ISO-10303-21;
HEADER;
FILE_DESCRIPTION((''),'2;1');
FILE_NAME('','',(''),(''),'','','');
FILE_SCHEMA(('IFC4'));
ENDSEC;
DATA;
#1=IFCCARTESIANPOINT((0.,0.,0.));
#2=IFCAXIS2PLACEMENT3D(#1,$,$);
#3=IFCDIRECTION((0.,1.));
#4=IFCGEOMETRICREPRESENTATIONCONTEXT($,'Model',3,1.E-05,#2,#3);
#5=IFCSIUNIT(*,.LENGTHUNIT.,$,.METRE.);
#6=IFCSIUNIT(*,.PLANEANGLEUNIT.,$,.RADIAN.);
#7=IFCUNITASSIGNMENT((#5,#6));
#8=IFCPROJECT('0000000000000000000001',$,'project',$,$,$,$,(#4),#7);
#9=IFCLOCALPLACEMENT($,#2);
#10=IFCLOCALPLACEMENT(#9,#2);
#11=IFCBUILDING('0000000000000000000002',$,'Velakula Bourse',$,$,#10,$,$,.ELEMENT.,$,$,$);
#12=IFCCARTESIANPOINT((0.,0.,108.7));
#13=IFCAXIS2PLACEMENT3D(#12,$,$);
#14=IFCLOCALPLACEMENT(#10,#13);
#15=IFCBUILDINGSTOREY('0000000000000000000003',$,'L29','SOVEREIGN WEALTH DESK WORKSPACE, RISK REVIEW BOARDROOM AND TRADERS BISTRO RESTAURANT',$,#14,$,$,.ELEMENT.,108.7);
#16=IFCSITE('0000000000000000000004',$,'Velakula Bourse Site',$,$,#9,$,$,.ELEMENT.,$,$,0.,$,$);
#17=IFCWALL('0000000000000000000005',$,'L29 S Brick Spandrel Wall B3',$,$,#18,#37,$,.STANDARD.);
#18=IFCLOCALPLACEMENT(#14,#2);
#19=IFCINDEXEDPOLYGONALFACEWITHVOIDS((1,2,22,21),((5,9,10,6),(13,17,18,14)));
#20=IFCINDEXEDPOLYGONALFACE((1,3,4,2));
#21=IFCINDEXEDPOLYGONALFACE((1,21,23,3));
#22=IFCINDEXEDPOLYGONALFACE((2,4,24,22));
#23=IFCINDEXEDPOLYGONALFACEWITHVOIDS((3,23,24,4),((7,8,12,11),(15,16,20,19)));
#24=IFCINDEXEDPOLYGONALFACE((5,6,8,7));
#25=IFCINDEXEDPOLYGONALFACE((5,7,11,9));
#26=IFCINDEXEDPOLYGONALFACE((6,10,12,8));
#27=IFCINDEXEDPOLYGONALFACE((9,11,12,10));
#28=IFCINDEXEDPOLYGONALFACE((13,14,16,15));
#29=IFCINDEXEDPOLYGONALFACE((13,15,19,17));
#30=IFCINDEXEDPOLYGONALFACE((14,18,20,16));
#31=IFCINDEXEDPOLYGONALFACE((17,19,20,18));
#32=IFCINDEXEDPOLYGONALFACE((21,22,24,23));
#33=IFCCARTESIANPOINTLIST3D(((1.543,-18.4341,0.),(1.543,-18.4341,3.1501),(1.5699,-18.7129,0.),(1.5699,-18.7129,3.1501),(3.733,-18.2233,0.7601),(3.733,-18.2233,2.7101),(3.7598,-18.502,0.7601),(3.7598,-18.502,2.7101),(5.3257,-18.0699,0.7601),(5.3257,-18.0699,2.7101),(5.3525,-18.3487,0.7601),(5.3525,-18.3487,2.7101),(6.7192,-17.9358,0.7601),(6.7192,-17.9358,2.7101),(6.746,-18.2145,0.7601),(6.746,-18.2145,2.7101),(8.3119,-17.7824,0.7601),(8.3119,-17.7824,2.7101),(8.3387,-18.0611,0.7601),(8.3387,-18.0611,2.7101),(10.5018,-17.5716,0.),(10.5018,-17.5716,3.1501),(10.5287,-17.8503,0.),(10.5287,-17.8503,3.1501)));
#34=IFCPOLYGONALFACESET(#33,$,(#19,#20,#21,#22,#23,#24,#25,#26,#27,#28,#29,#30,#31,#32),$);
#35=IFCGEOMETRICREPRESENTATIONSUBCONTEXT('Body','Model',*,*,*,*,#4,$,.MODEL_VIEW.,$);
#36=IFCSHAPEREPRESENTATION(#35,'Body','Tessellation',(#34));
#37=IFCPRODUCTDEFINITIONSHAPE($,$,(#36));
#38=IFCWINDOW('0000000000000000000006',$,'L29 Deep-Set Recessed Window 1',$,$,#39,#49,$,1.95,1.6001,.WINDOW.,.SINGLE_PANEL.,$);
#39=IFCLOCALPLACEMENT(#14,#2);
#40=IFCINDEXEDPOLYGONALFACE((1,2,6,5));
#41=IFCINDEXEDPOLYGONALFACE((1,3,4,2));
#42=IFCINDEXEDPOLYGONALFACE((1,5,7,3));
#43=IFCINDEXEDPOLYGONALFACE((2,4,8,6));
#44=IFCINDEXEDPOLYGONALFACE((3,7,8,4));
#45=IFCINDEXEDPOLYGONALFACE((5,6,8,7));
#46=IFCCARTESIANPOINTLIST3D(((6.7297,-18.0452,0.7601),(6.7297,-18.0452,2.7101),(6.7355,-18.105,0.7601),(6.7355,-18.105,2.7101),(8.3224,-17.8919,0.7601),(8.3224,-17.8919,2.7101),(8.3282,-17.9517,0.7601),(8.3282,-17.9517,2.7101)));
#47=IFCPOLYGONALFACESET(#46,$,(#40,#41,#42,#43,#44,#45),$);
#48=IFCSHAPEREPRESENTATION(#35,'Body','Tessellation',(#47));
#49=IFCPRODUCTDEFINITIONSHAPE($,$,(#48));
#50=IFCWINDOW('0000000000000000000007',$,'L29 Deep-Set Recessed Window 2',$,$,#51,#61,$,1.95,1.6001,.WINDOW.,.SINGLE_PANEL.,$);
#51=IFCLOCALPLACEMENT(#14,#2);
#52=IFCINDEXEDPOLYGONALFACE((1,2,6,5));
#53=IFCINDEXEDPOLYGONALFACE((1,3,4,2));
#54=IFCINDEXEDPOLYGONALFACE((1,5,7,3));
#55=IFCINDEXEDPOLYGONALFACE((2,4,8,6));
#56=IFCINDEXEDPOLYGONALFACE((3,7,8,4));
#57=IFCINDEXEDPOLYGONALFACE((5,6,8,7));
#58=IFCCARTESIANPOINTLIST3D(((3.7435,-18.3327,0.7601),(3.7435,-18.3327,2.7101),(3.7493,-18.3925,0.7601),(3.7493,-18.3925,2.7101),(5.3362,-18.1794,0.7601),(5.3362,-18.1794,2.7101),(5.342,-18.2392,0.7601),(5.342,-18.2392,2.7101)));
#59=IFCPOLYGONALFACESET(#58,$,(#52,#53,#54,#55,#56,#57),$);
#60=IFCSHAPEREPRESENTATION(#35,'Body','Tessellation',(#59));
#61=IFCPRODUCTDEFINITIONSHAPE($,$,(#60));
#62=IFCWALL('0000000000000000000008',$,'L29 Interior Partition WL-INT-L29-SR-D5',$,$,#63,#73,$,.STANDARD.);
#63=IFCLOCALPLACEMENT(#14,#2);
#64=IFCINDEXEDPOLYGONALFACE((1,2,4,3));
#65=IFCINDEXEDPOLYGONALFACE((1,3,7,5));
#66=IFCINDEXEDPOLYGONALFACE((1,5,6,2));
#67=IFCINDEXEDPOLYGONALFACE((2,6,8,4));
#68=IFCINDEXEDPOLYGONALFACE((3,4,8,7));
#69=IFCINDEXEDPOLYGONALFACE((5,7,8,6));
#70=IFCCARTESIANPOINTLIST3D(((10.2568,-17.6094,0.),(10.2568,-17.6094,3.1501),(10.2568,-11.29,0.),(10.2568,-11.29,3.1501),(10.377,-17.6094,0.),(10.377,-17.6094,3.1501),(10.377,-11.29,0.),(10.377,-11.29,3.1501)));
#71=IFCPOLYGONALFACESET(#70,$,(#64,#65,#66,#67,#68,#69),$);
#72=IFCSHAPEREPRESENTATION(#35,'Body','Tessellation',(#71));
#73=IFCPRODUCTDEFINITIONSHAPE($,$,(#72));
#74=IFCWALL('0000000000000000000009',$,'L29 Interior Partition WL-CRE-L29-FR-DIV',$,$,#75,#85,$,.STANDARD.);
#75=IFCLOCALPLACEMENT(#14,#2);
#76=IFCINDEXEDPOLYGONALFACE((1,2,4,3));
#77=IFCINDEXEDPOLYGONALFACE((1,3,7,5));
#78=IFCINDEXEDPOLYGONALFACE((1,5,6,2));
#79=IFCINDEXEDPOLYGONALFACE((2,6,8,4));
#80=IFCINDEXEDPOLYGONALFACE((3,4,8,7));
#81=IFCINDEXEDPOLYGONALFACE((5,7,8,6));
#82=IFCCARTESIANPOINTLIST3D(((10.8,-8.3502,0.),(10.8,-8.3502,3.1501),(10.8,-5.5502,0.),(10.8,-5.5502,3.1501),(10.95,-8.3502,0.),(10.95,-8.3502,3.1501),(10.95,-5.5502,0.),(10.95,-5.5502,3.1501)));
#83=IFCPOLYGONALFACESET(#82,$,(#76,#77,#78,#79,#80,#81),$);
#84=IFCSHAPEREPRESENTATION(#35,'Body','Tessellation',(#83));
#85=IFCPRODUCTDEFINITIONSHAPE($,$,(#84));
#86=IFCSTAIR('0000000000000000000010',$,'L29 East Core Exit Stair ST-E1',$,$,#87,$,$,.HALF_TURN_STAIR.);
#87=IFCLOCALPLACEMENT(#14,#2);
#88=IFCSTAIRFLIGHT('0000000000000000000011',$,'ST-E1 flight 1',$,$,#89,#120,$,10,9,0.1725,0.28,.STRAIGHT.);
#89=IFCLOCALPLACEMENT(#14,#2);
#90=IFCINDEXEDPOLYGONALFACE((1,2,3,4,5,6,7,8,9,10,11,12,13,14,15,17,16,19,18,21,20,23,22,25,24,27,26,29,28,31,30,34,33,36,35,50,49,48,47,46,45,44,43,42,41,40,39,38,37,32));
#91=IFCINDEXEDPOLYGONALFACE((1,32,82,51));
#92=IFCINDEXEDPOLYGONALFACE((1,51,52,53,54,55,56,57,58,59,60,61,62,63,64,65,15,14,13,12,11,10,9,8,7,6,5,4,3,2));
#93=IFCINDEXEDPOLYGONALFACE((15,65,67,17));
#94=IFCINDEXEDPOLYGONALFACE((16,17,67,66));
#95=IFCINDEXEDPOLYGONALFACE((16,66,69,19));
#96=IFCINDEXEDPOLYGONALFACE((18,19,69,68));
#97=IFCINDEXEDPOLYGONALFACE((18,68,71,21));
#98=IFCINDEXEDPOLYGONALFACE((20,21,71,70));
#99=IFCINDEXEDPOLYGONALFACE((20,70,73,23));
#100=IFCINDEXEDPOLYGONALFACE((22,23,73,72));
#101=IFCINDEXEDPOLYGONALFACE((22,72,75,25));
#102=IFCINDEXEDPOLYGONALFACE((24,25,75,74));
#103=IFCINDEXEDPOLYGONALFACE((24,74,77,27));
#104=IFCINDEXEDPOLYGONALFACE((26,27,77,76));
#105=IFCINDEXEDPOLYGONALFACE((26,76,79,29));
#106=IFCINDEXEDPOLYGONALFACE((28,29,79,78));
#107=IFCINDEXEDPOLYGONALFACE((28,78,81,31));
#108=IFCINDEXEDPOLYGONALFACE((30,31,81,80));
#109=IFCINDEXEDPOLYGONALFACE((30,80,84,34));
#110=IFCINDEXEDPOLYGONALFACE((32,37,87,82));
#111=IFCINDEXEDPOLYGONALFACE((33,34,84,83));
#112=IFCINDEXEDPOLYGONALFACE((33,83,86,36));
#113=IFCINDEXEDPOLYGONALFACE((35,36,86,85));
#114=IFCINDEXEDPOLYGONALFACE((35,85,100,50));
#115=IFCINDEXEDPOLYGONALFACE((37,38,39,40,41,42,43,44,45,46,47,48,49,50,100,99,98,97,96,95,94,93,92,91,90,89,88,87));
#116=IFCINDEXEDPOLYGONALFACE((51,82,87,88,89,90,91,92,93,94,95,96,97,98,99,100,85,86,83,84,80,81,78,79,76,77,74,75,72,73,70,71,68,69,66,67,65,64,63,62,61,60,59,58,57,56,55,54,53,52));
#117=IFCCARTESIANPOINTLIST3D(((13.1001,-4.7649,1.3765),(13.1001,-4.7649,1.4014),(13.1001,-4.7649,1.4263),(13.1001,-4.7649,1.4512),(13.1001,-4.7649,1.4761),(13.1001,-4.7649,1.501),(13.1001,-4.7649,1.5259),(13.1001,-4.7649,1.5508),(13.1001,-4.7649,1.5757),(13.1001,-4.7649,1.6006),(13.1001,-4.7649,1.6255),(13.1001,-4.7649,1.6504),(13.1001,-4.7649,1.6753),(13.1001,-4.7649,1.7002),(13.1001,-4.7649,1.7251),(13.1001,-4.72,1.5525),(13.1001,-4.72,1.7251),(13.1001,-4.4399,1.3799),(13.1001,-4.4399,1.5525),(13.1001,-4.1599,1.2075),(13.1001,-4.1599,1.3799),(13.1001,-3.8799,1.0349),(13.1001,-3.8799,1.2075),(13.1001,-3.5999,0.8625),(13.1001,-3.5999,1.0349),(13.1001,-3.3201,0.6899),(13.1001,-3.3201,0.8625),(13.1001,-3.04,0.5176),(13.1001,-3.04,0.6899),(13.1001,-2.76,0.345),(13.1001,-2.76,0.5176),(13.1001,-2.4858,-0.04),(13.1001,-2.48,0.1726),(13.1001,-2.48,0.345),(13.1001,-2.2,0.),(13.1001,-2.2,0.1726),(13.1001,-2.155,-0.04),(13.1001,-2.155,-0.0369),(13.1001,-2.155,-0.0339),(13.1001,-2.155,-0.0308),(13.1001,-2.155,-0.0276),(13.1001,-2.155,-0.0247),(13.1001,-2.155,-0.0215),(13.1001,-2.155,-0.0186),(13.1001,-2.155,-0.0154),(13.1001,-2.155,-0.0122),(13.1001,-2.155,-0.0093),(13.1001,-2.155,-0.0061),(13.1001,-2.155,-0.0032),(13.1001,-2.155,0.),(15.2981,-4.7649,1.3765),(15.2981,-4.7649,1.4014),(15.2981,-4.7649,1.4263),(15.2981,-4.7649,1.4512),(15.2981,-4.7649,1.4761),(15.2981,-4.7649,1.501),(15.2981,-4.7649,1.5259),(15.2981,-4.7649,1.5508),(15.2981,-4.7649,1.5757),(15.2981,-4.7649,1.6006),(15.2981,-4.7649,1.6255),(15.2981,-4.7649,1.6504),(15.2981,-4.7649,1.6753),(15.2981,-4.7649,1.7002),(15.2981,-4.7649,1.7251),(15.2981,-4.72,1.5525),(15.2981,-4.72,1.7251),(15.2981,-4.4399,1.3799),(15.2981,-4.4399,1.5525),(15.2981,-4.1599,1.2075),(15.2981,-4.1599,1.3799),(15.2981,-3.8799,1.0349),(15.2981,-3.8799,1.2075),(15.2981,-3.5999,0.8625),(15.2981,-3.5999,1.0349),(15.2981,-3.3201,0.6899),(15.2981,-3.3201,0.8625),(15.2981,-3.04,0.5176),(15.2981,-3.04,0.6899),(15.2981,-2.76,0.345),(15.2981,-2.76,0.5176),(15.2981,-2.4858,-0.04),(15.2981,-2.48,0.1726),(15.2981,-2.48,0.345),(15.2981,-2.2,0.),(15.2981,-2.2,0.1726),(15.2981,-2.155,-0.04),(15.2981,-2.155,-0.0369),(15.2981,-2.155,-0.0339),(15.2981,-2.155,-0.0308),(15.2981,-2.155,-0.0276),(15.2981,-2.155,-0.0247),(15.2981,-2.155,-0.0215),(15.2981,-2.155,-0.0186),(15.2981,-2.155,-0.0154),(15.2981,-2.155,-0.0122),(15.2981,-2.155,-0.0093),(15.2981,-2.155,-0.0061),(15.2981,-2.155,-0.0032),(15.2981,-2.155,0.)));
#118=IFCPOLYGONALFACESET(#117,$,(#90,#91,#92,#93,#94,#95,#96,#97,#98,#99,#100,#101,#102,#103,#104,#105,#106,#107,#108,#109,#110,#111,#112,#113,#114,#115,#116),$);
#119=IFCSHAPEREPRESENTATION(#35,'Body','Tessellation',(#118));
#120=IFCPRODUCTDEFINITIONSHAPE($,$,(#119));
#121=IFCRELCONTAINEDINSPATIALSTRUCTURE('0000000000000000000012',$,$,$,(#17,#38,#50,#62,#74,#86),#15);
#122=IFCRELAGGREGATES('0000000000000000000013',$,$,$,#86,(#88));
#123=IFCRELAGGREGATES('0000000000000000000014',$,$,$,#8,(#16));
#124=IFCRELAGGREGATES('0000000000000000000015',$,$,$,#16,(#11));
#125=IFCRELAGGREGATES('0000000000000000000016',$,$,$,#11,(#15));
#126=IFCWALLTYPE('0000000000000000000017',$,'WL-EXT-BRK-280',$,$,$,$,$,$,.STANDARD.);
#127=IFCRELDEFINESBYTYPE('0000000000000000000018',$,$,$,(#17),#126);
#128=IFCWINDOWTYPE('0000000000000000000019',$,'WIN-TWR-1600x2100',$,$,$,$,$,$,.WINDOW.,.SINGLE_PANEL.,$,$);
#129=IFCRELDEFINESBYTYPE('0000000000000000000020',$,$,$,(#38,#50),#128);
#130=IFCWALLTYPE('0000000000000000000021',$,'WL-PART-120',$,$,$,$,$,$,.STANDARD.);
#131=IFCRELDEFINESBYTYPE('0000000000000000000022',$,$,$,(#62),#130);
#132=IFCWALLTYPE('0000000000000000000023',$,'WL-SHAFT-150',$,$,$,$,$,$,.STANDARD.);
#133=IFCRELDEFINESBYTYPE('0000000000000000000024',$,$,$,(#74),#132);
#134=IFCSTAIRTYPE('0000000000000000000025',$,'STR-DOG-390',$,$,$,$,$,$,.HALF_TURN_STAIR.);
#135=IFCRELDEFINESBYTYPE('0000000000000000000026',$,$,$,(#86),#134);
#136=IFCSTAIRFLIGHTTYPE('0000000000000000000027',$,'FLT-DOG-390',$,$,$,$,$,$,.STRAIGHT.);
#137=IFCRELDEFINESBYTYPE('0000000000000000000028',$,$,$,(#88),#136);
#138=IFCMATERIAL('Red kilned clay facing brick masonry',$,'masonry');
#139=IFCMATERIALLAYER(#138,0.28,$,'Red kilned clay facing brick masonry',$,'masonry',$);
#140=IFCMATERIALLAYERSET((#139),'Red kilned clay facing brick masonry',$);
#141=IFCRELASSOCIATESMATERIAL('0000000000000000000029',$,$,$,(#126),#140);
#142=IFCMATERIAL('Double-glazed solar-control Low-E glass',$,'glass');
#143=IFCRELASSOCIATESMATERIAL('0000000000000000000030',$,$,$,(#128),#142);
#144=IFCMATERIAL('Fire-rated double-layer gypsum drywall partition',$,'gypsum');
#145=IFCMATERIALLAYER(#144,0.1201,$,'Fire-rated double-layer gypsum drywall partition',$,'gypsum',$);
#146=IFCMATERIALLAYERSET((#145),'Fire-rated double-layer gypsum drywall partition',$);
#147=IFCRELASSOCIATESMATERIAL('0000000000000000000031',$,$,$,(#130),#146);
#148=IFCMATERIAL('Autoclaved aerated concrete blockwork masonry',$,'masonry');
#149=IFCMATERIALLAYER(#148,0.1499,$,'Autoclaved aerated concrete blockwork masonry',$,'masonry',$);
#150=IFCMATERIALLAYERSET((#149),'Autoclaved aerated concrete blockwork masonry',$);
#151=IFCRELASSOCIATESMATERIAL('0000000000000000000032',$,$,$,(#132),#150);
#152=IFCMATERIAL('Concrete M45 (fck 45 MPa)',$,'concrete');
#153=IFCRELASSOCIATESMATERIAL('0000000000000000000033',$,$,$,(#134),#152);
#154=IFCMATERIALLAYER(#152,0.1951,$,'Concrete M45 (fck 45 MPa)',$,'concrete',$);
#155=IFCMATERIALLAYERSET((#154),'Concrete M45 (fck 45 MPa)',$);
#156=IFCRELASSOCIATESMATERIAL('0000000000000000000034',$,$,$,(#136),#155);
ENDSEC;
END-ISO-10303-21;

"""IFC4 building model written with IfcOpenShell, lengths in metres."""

from ifc_helpers import new_model, si_unit, direction, frame, frame_2d, origin, place, context, subcontext, project, spatial, polyline, rectangle, outline, extrude, material, layer, layer_set, type_object, element, fill, aggregate, save


model = new_model("IFC4")

# Units and contexts
model_context = context("Model", 3, precision=1e-05, world=origin(), true_north=direction((0.0, 1.0)))
body_context = subcontext(model_context, "Body", "Model", "MODEL_VIEW")
ifc_project = project(units=[si_unit("LENGTHUNIT", "METRE"), si_unit("PLANEANGLEUNIT", "RADIAN")], contexts=[model_context])

# Site, building, storey
site_placement = place(None, origin())
site = spatial("IfcSite", under=ifc_project, at=site_placement, Name="Velakula Bourse Site", CompositionType="ELEMENT", RefElevation=0.0)
building_placement = place(site_placement, origin())
building = spatial("IfcBuilding", under=site, at=building_placement, Name="Velakula Bourse", CompositionType="ELEMENT")
storey_placement = place(building_placement, frame((0.0, 0.0, 108.7)))
storey = spatial("IfcBuildingStorey", under=building, at=storey_placement, Name="L29", Description="SOVEREIGN WEALTH DESK WORKSPACE, RISK REVIEW BOARDROOM AND TRADERS BISTRO RESTAURANT", CompositionType="ELEMENT", Elevation=108.7)

# Wall, openings, windows
ifc_material_1 = material(Name="Red kilned clay facing brick masonry", Category="masonry")
ifc_layer_1 = layer(ifc_material_1, 0.28, Name="Red kilned clay facing brick masonry", Category="masonry")
ifc_layer_set_1 = layer_set([ifc_layer_1], Name="Red kilned clay facing brick masonry")
wall_type_1 = type_object("IfcWallType", Name="WL-EXT-BRK-280", PredefinedType="STANDARD", material=ifc_layer_set_1)
wall_1_placement = place(storey_placement, frame((10.5151, -17.7109, 0.0), z_axis=(0.0, 0.0, 1.0), x_axis=(-0.995397, -0.095837, 0.0)))
wall_1 = element("IfcWall", 1, at=wall_1_placement, inside=storey, type_object=wall_type_1, Name="L29 S Brick Spandrel Wall B3", PredefinedType="STANDARD", context=body_context, shape_type="SweptSolid", body=[
    extrude(rectangle(XDim=9.0002, YDim=0.28, at=frame_2d((4.5, 0.0))), origin(), (0.0, 0.0, 1.0), 3.1501),
])
opening_1_placement = place(wall_1_placement, frame((2.2, 0.0, 0.76)))
opening_1 = element("IfcOpeningElement", 2, at=opening_1_placement, cuts=wall_1, PredefinedType="OPENING", context=body_context, shape_type="SweptSolid", body=[
    extrude(rectangle(XDim=1.6001, YDim=1.95, at=frame_2d((0.8, 0.9751))), frame((0.0, 0.1499, 0.0), z_axis=(0.0, -1.0, 0.0), x_axis=(1.0, 0.0, 0.0)), (0.0, 0.0, 1.0), 0.3),
])
opening_2_placement = place(wall_1_placement, frame((5.2, 0.0, 0.76)))
opening_2 = element("IfcOpeningElement", 3, at=opening_2_placement, cuts=wall_1, PredefinedType="OPENING", context=body_context, shape_type="SweptSolid", body=[
    extrude(rectangle(XDim=1.6001, YDim=1.95, at=frame_2d((0.8, 0.9751))), frame((0.0, 0.1499, 0.0), z_axis=(0.0, -1.0, 0.0), x_axis=(1.0, 0.0, 0.0)), (0.0, 0.0, 1.0), 0.3),
])
ifc_material_2 = material(Name="Double-glazed solar-control Low-E glass", Category="glass")
window_type = type_object("IfcWindowType", Name="WIN-TWR-1600x2100", PartitioningType="SINGLE_PANEL", PredefinedType="WINDOW", material=ifc_material_2)
window_1_placement = place(opening_1_placement, origin())
window_1 = element("IfcWindow", 4, at=window_1_placement, inside=storey, type_object=window_type, Name="L29 Deep-Set Recessed Window 1", OverallHeight=1.95, OverallWidth=1.6001, PartitioningType="SINGLE_PANEL", PredefinedType="WINDOW", context=body_context, shape_type="SweptSolid", body=[
    extrude(rectangle(XDim=1.6001, YDim=1.95, at=frame_2d((0.8, 0.9751))), frame((0.0, 0.03, 0.0), z_axis=(0.0, -1.0, 0.0), x_axis=(1.0, 0.0, 0.0)), (0.0, 0.0, 1.0), 0.0601),
])
fill(opening_1, window_1)
window_2_placement = place(opening_2_placement, origin())
window_2 = element("IfcWindow", 5, at=window_2_placement, inside=storey, type_object=window_type, Name="L29 Deep-Set Recessed Window 2", OverallHeight=1.95, OverallWidth=1.6001, PartitioningType="SINGLE_PANEL", PredefinedType="WINDOW", context=body_context, shape_type="SweptSolid", body=[
    extrude(rectangle(XDim=1.6001, YDim=1.95, at=frame_2d((0.8, 0.9751))), frame((0.0, 0.03, 0.0), z_axis=(0.0, -1.0, 0.0), x_axis=(1.0, 0.0, 0.0)), (0.0, 0.0, 1.0), 0.0601),
])
fill(opening_2, window_2)

# Wall
ifc_material_3 = material(Name="Fire-rated double-layer gypsum drywall partition", Category="gypsum")
ifc_layer_2 = layer(ifc_material_3, 0.1201, Name="Fire-rated double-layer gypsum drywall partition", Category="gypsum")
ifc_layer_set_2 = layer_set([ifc_layer_2], Name="Fire-rated double-layer gypsum drywall partition")
wall_type_2 = type_object("IfcWallType", Name="WL-PART-120", PredefinedType="STANDARD", material=ifc_layer_set_2)
wall_2_placement = place(storey_placement, frame((10.3169, -17.6094, 0.0), z_axis=(0.0, 0.0, 1.0), x_axis=(0.0, 1.0, 0.0)))
element("IfcWall", 6, at=wall_2_placement, inside=storey, type_object=wall_type_2, Name="L29 Interior Partition WL-INT-L29-SR-D5", PredefinedType="STANDARD", context=body_context, shape_type="SweptSolid", body=[
    extrude(rectangle(XDim=6.3193, YDim=0.1201, at=frame_2d((3.1597, 0.0))), origin(), (0.0, 0.0, 1.0), 3.1501),
])

# Shared definitions
ifc_material_4 = material(Name="Autoclaved aerated concrete blockwork masonry", Category="masonry")
ifc_layer_3 = layer(ifc_material_4, 0.1499, Name="Autoclaved aerated concrete blockwork masonry", Category="masonry")
ifc_layer_set_3 = layer_set([ifc_layer_3], Name="Autoclaved aerated concrete blockwork masonry")
wall_type_3 = type_object("IfcWallType", Name="WL-SHAFT-150", PredefinedType="STANDARD", material=ifc_layer_set_3)

# Wall
wall_3_placement = place(storey_placement, frame((10.875, -8.3501, 0.0), z_axis=(0.0, 0.0, 1.0), x_axis=(0.0, 1.0, 0.0)))
element("IfcWall", 7, at=wall_3_placement, inside=storey, type_object=wall_type_3, Name="L29 Interior Partition WL-CRE-L29-FR-DIV", PredefinedType="STANDARD", context=body_context, shape_type="SweptSolid", body=[
    extrude(rectangle(XDim=2.8, YDim=0.1499, at=frame_2d((1.3999, 0.0))), origin(), (0.0, 0.0, 1.0), 3.1501),
])

# Stair, stair flight
ifc_material_5 = material(Name="Concrete M45 (fck 45 MPa)", Category="concrete")
stair_type = type_object("IfcStairType", Name="STR-DOG-390", PredefinedType="HALF_TURN_STAIR", material=ifc_material_5)
stair_placement = place(storey_placement, origin())
stair = element("IfcStair", 8, at=stair_placement, inside=storey, type_object=stair_type, Name="L29 East Core Exit Stair ST-E1", PredefinedType="HALF_TURN_STAIR")
ifc_layer_4 = layer(ifc_material_5, 0.1951, Name="Concrete M45 (fck 45 MPa)", Category="concrete")
ifc_layer_set_4 = layer_set([ifc_layer_4], Name="Concrete M45 (fck 45 MPa)")
stair_flight_type = type_object("IfcStairFlightType", Name="FLT-DOG-390", PredefinedType="STRAIGHT", material=ifc_layer_set_4)
stair_flight_1_placement = place(storey_placement, frame((14.199, -2.2, 0.0), z_axis=(0.0, 0.0, 1.0), x_axis=(0.0, -1.0, 0.0)))
stair_flight_1 = element("IfcStairFlight", 9, at=stair_flight_1_placement, type_object=stair_flight_type, Name="ST-E1 flight 1", NumberOfRisers=10, NumberOfTreads=9, PredefinedType="STRAIGHT", RiserHeight=0.1725, TreadLength=0.28, context=body_context, shape_type="SweptSolid", body=[
    extrude(outline(polyline([(-0.0449, -0.04), (-0.0449, -0.0369), (-0.0449, -0.0339), (-0.0449, -0.0308), (-0.0449, -0.0276), (-0.0449, -0.0247), (-0.0449, -0.0215), (-0.0449, -0.0186), (-0.0449, -0.0154), (-0.0449, -0.0122), (-0.0449, -0.0093), (-0.0449, -0.0061), (-0.0449, -0.0032), (-0.0449, 0.0), (0.0, 0.0), (0.0, 0.1726), (0.28, 0.1726), (0.28, 0.345), (0.5601, 0.345), (0.5601, 0.5176), (0.8401, 0.5176), (0.8401, 0.6899), (1.1201, 0.6899), (1.1201, 0.8625), (1.3999, 0.8625), (1.3999, 1.0349), (1.6799, 1.0349), (1.6799, 1.2075), (1.96, 1.2075), (1.96, 1.3799), (2.24, 1.3799), (2.24, 1.5525), (2.52, 1.5525), (2.52, 1.7251), (2.5649, 1.7251), (2.5649, 1.7002), (2.5649, 1.6753), (2.5649, 1.6504), (2.5649, 1.6255), (2.5649, 1.6006), (2.5649, 1.5757), (2.5649, 1.5508), (2.5649, 1.5259), (2.5649, 1.501), (2.5649, 1.4761), (2.5649, 1.4512), (2.5649, 1.4263), (2.5649, 1.4014), (2.5649, 1.3765), (0.2859, -0.04), (-0.0449, -0.04)])), frame((0.0, 1.0991, 0.0), z_axis=(0.0, -1.0, 0.0), x_axis=(1.0, 0.0, 0.0)), (0.0, 0.0, 1.0), 2.198),
])
aggregate(stair, [stair_flight_1])

save(model, "model.ifc")
